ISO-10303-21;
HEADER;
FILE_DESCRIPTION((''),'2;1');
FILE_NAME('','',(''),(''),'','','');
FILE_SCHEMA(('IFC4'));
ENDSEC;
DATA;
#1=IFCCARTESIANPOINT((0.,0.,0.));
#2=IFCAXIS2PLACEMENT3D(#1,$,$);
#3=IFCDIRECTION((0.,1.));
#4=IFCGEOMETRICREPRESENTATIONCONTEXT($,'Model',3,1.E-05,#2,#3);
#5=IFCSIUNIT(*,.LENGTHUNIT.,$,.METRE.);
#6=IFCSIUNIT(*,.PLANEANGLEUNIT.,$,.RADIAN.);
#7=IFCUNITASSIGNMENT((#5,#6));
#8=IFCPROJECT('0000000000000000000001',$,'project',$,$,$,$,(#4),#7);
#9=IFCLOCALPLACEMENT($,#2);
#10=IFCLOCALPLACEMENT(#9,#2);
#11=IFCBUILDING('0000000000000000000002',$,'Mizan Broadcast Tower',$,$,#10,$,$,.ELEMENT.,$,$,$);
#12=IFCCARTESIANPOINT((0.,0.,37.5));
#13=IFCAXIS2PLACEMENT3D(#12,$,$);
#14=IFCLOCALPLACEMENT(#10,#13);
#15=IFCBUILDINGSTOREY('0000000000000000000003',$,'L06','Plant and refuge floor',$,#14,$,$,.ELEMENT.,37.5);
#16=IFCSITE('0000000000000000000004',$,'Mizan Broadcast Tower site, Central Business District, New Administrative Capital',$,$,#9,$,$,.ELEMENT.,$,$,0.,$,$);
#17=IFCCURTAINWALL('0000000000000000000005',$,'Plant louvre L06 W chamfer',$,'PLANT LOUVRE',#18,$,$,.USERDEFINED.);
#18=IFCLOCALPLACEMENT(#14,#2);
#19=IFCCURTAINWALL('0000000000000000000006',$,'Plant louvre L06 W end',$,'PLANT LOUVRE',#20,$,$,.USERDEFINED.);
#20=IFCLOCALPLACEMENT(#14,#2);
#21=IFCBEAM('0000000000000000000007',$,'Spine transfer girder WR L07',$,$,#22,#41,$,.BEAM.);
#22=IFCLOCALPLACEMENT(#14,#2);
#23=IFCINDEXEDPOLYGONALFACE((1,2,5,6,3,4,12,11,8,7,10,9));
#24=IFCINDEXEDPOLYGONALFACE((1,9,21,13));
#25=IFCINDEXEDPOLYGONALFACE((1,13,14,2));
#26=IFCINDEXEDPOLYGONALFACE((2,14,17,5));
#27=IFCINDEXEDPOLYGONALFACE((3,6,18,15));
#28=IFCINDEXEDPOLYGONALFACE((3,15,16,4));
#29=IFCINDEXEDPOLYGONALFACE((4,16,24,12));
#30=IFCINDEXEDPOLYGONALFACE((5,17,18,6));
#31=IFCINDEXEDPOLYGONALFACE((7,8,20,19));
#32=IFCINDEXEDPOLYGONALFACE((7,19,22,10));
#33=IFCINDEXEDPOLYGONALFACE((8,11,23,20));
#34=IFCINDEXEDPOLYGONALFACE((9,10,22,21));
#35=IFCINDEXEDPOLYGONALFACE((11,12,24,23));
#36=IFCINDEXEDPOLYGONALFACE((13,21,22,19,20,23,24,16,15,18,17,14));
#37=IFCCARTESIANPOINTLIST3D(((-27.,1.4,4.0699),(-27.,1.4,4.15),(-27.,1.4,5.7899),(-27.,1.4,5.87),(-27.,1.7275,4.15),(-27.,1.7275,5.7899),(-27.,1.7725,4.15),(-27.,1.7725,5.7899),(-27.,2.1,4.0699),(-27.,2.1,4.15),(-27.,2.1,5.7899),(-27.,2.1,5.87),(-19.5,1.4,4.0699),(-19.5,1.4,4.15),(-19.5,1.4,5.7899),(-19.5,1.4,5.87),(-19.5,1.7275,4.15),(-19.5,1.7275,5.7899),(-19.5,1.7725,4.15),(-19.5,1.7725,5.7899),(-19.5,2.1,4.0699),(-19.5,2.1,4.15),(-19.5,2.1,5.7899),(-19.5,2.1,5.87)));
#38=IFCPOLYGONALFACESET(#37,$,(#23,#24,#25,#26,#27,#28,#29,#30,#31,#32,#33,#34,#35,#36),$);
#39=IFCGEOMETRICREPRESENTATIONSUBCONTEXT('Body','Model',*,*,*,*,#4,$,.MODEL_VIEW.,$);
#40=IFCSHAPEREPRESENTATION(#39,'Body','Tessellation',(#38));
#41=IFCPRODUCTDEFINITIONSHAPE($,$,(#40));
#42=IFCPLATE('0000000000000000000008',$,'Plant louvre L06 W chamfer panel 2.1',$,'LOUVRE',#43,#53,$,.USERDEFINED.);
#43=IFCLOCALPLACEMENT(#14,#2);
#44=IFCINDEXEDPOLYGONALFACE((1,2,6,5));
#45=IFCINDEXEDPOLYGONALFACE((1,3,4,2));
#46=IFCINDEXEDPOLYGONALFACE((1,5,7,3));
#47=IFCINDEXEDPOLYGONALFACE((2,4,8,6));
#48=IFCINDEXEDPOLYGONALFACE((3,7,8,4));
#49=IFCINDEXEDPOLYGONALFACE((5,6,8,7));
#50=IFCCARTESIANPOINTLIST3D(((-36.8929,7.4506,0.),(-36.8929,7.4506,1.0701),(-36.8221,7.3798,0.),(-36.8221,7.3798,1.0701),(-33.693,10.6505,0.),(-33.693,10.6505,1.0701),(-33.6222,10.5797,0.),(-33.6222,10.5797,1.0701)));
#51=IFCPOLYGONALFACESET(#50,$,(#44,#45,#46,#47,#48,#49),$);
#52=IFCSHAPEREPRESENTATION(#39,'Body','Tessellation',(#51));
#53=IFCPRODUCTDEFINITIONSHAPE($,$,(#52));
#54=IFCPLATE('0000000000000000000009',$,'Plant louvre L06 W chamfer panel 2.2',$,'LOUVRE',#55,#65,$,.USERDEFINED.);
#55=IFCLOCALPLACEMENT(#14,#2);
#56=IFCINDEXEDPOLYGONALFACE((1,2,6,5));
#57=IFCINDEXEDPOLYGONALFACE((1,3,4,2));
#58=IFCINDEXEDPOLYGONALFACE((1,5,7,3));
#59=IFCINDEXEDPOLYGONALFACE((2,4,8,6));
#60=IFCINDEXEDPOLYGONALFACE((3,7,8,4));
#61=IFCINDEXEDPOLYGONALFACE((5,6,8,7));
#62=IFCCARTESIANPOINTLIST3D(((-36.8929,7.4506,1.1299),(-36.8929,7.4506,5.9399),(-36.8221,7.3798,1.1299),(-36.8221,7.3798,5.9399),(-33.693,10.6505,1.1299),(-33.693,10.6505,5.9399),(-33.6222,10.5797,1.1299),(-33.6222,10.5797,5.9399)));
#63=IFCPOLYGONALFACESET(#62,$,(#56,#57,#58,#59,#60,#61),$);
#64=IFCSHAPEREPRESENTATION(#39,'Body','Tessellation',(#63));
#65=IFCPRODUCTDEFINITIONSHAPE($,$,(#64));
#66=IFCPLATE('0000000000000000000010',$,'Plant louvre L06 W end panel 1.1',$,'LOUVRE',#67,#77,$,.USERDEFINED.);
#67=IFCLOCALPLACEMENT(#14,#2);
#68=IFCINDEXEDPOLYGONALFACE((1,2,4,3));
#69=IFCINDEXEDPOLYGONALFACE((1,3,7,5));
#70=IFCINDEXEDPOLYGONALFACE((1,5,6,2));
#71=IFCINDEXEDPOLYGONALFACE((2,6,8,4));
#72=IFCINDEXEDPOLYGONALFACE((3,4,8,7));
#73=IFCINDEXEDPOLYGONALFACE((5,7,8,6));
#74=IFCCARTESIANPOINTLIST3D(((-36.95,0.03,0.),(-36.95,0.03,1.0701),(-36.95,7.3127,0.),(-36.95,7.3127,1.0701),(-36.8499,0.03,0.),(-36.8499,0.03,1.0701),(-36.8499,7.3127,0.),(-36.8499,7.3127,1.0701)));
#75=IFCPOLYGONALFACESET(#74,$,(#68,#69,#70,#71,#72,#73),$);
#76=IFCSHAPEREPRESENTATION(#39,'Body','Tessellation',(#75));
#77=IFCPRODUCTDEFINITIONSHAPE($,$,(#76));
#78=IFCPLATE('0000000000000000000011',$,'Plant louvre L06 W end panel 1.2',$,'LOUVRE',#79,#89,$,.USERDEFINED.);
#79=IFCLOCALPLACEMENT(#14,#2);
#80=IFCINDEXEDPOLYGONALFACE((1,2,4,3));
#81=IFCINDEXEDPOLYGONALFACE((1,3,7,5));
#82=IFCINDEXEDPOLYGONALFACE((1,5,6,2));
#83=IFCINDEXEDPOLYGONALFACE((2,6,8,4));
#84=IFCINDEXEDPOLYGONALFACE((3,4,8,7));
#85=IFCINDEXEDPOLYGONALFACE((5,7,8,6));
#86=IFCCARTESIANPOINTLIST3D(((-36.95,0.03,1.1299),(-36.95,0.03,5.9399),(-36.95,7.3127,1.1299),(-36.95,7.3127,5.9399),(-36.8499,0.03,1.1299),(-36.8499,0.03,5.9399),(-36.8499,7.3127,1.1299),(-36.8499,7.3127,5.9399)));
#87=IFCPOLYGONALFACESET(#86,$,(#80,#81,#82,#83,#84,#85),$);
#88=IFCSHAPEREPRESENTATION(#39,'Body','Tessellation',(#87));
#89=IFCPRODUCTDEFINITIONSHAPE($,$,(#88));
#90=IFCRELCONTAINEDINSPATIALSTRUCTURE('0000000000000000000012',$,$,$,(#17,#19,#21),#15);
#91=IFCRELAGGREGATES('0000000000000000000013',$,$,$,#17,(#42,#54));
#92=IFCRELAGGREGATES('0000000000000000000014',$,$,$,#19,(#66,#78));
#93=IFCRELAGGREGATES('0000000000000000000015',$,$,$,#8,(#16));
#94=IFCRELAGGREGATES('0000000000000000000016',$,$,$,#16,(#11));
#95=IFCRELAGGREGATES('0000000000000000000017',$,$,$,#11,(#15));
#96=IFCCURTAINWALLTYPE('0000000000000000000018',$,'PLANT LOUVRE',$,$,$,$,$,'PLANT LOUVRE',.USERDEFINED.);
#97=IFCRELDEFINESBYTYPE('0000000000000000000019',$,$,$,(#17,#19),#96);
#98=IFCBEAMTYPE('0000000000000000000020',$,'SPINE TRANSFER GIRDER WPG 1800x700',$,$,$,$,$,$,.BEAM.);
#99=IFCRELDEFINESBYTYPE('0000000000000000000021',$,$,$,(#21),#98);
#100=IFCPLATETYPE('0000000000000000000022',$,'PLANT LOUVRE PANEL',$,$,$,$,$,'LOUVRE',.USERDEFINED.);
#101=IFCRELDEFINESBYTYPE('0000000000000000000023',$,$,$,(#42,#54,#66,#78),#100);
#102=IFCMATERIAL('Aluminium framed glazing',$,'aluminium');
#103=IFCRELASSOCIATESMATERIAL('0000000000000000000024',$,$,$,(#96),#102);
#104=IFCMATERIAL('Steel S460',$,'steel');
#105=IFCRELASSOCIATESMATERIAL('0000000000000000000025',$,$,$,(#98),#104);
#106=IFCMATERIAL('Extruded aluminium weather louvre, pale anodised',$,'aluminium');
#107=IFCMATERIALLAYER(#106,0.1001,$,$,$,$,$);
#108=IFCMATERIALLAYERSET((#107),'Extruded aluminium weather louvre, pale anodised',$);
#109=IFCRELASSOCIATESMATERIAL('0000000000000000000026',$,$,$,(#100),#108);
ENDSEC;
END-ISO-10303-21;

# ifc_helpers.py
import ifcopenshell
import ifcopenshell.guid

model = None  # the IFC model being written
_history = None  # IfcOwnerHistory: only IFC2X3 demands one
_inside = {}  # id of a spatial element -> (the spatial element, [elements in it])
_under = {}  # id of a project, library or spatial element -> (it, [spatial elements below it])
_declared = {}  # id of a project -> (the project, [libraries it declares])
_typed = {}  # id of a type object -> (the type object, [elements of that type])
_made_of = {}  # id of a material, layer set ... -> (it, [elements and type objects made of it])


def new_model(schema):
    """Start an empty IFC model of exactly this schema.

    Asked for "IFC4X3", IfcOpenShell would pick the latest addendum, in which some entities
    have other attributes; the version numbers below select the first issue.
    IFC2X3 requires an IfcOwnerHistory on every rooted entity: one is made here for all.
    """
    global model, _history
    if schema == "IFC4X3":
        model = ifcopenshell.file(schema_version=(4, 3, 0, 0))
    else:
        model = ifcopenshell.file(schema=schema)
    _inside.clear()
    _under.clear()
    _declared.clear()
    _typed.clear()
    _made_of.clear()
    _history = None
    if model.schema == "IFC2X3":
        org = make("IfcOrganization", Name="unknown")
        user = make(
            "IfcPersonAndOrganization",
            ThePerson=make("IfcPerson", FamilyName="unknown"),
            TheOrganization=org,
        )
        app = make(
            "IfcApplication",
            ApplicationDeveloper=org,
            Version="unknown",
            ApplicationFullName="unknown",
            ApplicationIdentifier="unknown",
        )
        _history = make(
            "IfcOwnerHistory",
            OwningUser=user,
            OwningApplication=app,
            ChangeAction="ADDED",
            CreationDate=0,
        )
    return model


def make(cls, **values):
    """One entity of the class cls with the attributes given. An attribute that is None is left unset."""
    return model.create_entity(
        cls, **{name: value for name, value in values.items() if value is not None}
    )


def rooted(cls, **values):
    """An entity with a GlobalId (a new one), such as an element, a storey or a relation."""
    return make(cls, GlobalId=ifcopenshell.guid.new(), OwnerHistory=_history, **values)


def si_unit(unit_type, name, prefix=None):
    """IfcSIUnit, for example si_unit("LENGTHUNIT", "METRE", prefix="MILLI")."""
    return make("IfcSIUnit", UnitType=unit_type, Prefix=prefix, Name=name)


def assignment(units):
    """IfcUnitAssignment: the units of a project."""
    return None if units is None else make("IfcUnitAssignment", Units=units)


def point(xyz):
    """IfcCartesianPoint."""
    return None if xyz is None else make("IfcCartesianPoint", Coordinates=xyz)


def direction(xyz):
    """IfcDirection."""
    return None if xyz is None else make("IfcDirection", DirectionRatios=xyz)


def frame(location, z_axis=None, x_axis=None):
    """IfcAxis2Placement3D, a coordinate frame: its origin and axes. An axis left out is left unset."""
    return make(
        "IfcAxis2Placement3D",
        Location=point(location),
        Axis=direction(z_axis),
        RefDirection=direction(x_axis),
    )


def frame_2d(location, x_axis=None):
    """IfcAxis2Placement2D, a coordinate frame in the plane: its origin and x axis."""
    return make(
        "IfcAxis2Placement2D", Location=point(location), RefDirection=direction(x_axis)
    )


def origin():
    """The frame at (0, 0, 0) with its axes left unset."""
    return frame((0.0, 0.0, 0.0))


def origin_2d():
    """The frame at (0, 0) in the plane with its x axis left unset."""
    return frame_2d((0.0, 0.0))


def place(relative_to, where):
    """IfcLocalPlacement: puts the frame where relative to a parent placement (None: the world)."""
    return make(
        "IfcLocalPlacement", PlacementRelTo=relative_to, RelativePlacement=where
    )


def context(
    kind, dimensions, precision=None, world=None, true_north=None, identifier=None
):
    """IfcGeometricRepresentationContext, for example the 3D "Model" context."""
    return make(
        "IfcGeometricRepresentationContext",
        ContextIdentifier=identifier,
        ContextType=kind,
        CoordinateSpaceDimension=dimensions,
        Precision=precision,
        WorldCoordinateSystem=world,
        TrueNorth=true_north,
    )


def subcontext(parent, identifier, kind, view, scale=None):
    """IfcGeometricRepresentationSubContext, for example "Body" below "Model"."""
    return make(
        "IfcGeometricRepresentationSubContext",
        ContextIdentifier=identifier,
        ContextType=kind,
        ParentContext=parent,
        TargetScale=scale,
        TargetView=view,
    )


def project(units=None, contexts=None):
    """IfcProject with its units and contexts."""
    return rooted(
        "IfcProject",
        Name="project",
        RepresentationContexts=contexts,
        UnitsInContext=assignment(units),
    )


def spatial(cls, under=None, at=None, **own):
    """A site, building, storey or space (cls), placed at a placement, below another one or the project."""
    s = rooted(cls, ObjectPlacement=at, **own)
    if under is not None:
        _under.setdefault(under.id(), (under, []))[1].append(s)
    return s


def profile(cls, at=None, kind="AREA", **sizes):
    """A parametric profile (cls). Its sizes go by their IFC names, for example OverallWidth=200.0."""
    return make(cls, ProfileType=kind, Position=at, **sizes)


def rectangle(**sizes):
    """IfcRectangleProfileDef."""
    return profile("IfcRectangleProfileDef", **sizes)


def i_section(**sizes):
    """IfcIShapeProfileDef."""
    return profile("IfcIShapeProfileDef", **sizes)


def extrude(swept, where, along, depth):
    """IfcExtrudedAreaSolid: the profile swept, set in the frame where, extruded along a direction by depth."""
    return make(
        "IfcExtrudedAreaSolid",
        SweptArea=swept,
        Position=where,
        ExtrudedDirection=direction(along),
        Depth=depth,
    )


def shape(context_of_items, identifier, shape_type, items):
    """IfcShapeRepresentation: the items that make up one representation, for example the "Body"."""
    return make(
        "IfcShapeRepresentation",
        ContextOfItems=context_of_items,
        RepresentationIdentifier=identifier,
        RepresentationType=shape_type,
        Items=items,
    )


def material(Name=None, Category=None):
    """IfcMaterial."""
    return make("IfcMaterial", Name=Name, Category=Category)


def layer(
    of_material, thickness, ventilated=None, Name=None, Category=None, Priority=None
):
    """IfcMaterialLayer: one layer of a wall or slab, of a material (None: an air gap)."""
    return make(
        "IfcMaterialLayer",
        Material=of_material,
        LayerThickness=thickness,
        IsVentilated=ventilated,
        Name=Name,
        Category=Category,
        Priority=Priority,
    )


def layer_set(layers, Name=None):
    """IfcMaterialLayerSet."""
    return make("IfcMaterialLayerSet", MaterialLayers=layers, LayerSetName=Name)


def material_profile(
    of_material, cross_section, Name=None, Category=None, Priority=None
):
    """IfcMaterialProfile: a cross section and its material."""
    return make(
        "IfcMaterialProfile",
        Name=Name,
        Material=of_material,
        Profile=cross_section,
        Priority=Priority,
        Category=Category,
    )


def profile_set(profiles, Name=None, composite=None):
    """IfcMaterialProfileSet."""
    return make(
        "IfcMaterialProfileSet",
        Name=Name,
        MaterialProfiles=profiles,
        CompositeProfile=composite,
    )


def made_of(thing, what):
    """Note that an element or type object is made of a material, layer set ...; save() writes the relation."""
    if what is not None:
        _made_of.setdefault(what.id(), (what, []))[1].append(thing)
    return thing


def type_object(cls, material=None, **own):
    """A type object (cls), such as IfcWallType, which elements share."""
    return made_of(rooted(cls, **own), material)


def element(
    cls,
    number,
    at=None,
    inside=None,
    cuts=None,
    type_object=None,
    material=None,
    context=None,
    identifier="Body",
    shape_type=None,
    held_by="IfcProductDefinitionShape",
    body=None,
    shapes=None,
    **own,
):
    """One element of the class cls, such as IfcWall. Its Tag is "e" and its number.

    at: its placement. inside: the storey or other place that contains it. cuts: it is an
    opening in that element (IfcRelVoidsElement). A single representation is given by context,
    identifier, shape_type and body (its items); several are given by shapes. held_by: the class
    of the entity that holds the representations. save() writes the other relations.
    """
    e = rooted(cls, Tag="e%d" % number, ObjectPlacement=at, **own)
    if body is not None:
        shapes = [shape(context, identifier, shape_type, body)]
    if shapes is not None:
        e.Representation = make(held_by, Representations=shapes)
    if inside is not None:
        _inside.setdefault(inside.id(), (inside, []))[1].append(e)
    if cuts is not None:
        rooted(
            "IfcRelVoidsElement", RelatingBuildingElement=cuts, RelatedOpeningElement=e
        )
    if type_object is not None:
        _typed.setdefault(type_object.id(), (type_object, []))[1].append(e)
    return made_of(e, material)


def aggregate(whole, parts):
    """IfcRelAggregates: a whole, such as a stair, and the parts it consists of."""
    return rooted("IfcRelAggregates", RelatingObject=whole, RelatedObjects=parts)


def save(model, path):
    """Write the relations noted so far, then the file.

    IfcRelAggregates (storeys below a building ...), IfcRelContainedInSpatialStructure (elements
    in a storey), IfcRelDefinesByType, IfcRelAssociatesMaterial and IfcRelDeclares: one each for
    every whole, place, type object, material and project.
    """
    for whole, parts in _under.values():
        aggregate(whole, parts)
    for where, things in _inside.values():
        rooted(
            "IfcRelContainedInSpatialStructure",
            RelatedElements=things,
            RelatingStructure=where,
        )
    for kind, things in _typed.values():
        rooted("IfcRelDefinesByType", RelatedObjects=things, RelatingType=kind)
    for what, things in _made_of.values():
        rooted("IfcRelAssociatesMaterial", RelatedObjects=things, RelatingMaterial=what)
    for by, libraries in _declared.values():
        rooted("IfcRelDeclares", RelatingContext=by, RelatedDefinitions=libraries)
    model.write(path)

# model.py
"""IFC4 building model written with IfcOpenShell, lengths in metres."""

from ifc_helpers import new_model, si_unit, direction, frame, origin, origin_2d, place, context, subcontext, project, spatial, rectangle, i_section, extrude, material, layer, layer_set, material_profile, profile_set, type_object, element, aggregate, save


model = new_model("IFC4")

# Units and contexts
model_context = context("Model", 3, precision=1e-05, world=origin(), true_north=direction((0.0, 1.0)))
body_context = subcontext(model_context, "Body", "Model", "MODEL_VIEW")
ifc_project = project(units=[si_unit("LENGTHUNIT", "METRE"), si_unit("PLANEANGLEUNIT", "RADIAN")], contexts=[model_context])

# Site, building, storey
site_placement = place(None, origin())
site = spatial("IfcSite", under=ifc_project, at=site_placement, Name="Mizan Broadcast Tower site, Central Business District, New Administrative Capital", CompositionType="ELEMENT", RefElevation=0.0)
building_placement = place(site_placement, origin())
building = spatial("IfcBuilding", under=site, at=building_placement, Name="Mizan Broadcast Tower", CompositionType="ELEMENT")
storey_placement = place(building_placement, frame((0.0, 0.0, 37.5)))
storey = spatial("IfcBuildingStorey", under=building, at=storey_placement, Name="L06", Description="Plant and refuge floor", CompositionType="ELEMENT", Elevation=37.5)

# Curtain walls
ifc_material_1 = material(Name="Aluminium framed glazing", Category="aluminium")
curtain_wall_type = type_object("IfcCurtainWallType", Name="PLANT LOUVRE", ElementType="PLANT LOUVRE", PredefinedType="USERDEFINED", material=ifc_material_1)
curtain_wall_1_placement = place(storey_placement, origin())
curtain_wall_1 = element("IfcCurtainWall", 1, at=curtain_wall_1_placement, inside=storey, type_object=curtain_wall_type, Name="Plant louvre L06 W chamfer", ObjectType="PLANT LOUVRE", PredefinedType="USERDEFINED")
curtain_wall_2_placement = place(storey_placement, origin())
curtain_wall_2 = element("IfcCurtainWall", 2, at=curtain_wall_2_placement, inside=storey, type_object=curtain_wall_type, Name="Plant louvre L06 W end", ObjectType="PLANT LOUVRE", PredefinedType="USERDEFINED")

# Beam
ifc_material_2 = material(Name="Steel S460", Category="steel")
ifc_material_profile_1 = material_profile(ifc_material_2, i_section(OverallWidth=0.7, OverallDepth=1.8, WebThickness=0.0449, FlangeThickness=0.0801, at=origin_2d()), Name="WPG 1800x700")
ifc_profile_set_1 = profile_set([ifc_material_profile_1], Name="Steel S460")
beam_type_1 = type_object("IfcBeamType", Name="SPINE TRANSFER GIRDER WPG 1800x700", PredefinedType="BEAM", material=ifc_profile_set_1)
beam_1_placement = place(storey_placement, frame((-19.5, 1.75, 4.97), z_axis=(-1.0, 0.0, 0.0), x_axis=(0.0, -1.0, 0.0)))
element("IfcBeam", 3, at=beam_1_placement, inside=storey, type_object=beam_type_1, Name="Spine transfer girder WR L07", PredefinedType="BEAM", context=body_context, shape_type="SweptSolid", body=[
    extrude(i_section(OverallWidth=0.7, OverallDepth=1.8, WebThickness=0.0449, FlangeThickness=0.0801, at=origin_2d()), origin(), (0.0, 0.0, 1.0), 7.5),
])

# Plates
ifc_material_3 = material(Name="Extruded aluminium weather louvre, pale anodised", Category="aluminium")
ifc_layer = layer(ifc_material_3, 0.1001)
ifc_layer_set = layer_set([ifc_layer], Name="Extruded aluminium weather louvre, pale anodised")
plate_type = type_object("IfcPlateType", Name="PLANT LOUVRE PANEL", ElementType="LOUVRE", PredefinedType="USERDEFINED", material=ifc_layer_set)
plate_1_placement = place(storey_placement, frame((-35.2576, 9.0151, 0.0), z_axis=(0.0, 0.0, 1.0), x_axis=(-0.707107, -0.707107, 0.0)))
plate_1 = element("IfcPlate", 4, at=plate_1_placement, type_object=plate_type, Name="Plant louvre L06 W chamfer panel 2.1", ObjectType="LOUVRE", PredefinedType="USERDEFINED", context=body_context, shape_type="SweptSolid", body=[
    extrude(rectangle(XDim=4.5254, YDim=0.1001, at=origin_2d()), origin(), (0.0, 0.0, 1.0), 1.0701),
])
plate_2_placement = place(storey_placement, frame((-35.2576, 9.0151, 1.1299), z_axis=(0.0, 0.0, 1.0), x_axis=(-0.707107, -0.707107, 0.0)))
plate_2 = element("IfcPlate", 5, at=plate_2_placement, type_object=plate_type, Name="Plant louvre L06 W chamfer panel 2.2", ObjectType="LOUVRE", PredefinedType="USERDEFINED", context=body_context, shape_type="SweptSolid", body=[
    extrude(rectangle(XDim=4.5254, YDim=0.1001, at=origin_2d()), origin(), (0.0, 0.0, 1.0), 4.8101),
])
aggregate(curtain_wall_1, [plate_1, plate_2])
plate_3_placement = place(storey_placement, frame((-36.8999, 3.6714, 0.0), z_axis=(0.0, 0.0, 1.0), x_axis=(0.0, -1.0, 0.0)))
plate_3 = element("IfcPlate", 6, at=plate_3_placement, type_object=plate_type, Name="Plant louvre L06 W end panel 1.1", ObjectType="LOUVRE", PredefinedType="USERDEFINED", context=body_context, shape_type="SweptSolid", body=[
    extrude(rectangle(XDim=7.2827, YDim=0.1001, at=origin_2d()), origin(), (0.0, 0.0, 1.0), 1.0701),
])
plate_4_placement = place(storey_placement, frame((-36.8999, 3.6714, 1.1299), z_axis=(0.0, 0.0, 1.0), x_axis=(0.0, -1.0, 0.0)))
plate_4 = element("IfcPlate", 7, at=plate_4_placement, type_object=plate_type, Name="Plant louvre L06 W end panel 1.2", ObjectType="LOUVRE", PredefinedType="USERDEFINED", context=body_context, shape_type="SweptSolid", body=[
    extrude(rectangle(XDim=7.2827, YDim=0.1001, at=origin_2d()), origin(), (0.0, 0.0, 1.0), 4.8101),
])
aggregate(curtain_wall_2, [plate_3, plate_4])

save(model, "model.ifc")
